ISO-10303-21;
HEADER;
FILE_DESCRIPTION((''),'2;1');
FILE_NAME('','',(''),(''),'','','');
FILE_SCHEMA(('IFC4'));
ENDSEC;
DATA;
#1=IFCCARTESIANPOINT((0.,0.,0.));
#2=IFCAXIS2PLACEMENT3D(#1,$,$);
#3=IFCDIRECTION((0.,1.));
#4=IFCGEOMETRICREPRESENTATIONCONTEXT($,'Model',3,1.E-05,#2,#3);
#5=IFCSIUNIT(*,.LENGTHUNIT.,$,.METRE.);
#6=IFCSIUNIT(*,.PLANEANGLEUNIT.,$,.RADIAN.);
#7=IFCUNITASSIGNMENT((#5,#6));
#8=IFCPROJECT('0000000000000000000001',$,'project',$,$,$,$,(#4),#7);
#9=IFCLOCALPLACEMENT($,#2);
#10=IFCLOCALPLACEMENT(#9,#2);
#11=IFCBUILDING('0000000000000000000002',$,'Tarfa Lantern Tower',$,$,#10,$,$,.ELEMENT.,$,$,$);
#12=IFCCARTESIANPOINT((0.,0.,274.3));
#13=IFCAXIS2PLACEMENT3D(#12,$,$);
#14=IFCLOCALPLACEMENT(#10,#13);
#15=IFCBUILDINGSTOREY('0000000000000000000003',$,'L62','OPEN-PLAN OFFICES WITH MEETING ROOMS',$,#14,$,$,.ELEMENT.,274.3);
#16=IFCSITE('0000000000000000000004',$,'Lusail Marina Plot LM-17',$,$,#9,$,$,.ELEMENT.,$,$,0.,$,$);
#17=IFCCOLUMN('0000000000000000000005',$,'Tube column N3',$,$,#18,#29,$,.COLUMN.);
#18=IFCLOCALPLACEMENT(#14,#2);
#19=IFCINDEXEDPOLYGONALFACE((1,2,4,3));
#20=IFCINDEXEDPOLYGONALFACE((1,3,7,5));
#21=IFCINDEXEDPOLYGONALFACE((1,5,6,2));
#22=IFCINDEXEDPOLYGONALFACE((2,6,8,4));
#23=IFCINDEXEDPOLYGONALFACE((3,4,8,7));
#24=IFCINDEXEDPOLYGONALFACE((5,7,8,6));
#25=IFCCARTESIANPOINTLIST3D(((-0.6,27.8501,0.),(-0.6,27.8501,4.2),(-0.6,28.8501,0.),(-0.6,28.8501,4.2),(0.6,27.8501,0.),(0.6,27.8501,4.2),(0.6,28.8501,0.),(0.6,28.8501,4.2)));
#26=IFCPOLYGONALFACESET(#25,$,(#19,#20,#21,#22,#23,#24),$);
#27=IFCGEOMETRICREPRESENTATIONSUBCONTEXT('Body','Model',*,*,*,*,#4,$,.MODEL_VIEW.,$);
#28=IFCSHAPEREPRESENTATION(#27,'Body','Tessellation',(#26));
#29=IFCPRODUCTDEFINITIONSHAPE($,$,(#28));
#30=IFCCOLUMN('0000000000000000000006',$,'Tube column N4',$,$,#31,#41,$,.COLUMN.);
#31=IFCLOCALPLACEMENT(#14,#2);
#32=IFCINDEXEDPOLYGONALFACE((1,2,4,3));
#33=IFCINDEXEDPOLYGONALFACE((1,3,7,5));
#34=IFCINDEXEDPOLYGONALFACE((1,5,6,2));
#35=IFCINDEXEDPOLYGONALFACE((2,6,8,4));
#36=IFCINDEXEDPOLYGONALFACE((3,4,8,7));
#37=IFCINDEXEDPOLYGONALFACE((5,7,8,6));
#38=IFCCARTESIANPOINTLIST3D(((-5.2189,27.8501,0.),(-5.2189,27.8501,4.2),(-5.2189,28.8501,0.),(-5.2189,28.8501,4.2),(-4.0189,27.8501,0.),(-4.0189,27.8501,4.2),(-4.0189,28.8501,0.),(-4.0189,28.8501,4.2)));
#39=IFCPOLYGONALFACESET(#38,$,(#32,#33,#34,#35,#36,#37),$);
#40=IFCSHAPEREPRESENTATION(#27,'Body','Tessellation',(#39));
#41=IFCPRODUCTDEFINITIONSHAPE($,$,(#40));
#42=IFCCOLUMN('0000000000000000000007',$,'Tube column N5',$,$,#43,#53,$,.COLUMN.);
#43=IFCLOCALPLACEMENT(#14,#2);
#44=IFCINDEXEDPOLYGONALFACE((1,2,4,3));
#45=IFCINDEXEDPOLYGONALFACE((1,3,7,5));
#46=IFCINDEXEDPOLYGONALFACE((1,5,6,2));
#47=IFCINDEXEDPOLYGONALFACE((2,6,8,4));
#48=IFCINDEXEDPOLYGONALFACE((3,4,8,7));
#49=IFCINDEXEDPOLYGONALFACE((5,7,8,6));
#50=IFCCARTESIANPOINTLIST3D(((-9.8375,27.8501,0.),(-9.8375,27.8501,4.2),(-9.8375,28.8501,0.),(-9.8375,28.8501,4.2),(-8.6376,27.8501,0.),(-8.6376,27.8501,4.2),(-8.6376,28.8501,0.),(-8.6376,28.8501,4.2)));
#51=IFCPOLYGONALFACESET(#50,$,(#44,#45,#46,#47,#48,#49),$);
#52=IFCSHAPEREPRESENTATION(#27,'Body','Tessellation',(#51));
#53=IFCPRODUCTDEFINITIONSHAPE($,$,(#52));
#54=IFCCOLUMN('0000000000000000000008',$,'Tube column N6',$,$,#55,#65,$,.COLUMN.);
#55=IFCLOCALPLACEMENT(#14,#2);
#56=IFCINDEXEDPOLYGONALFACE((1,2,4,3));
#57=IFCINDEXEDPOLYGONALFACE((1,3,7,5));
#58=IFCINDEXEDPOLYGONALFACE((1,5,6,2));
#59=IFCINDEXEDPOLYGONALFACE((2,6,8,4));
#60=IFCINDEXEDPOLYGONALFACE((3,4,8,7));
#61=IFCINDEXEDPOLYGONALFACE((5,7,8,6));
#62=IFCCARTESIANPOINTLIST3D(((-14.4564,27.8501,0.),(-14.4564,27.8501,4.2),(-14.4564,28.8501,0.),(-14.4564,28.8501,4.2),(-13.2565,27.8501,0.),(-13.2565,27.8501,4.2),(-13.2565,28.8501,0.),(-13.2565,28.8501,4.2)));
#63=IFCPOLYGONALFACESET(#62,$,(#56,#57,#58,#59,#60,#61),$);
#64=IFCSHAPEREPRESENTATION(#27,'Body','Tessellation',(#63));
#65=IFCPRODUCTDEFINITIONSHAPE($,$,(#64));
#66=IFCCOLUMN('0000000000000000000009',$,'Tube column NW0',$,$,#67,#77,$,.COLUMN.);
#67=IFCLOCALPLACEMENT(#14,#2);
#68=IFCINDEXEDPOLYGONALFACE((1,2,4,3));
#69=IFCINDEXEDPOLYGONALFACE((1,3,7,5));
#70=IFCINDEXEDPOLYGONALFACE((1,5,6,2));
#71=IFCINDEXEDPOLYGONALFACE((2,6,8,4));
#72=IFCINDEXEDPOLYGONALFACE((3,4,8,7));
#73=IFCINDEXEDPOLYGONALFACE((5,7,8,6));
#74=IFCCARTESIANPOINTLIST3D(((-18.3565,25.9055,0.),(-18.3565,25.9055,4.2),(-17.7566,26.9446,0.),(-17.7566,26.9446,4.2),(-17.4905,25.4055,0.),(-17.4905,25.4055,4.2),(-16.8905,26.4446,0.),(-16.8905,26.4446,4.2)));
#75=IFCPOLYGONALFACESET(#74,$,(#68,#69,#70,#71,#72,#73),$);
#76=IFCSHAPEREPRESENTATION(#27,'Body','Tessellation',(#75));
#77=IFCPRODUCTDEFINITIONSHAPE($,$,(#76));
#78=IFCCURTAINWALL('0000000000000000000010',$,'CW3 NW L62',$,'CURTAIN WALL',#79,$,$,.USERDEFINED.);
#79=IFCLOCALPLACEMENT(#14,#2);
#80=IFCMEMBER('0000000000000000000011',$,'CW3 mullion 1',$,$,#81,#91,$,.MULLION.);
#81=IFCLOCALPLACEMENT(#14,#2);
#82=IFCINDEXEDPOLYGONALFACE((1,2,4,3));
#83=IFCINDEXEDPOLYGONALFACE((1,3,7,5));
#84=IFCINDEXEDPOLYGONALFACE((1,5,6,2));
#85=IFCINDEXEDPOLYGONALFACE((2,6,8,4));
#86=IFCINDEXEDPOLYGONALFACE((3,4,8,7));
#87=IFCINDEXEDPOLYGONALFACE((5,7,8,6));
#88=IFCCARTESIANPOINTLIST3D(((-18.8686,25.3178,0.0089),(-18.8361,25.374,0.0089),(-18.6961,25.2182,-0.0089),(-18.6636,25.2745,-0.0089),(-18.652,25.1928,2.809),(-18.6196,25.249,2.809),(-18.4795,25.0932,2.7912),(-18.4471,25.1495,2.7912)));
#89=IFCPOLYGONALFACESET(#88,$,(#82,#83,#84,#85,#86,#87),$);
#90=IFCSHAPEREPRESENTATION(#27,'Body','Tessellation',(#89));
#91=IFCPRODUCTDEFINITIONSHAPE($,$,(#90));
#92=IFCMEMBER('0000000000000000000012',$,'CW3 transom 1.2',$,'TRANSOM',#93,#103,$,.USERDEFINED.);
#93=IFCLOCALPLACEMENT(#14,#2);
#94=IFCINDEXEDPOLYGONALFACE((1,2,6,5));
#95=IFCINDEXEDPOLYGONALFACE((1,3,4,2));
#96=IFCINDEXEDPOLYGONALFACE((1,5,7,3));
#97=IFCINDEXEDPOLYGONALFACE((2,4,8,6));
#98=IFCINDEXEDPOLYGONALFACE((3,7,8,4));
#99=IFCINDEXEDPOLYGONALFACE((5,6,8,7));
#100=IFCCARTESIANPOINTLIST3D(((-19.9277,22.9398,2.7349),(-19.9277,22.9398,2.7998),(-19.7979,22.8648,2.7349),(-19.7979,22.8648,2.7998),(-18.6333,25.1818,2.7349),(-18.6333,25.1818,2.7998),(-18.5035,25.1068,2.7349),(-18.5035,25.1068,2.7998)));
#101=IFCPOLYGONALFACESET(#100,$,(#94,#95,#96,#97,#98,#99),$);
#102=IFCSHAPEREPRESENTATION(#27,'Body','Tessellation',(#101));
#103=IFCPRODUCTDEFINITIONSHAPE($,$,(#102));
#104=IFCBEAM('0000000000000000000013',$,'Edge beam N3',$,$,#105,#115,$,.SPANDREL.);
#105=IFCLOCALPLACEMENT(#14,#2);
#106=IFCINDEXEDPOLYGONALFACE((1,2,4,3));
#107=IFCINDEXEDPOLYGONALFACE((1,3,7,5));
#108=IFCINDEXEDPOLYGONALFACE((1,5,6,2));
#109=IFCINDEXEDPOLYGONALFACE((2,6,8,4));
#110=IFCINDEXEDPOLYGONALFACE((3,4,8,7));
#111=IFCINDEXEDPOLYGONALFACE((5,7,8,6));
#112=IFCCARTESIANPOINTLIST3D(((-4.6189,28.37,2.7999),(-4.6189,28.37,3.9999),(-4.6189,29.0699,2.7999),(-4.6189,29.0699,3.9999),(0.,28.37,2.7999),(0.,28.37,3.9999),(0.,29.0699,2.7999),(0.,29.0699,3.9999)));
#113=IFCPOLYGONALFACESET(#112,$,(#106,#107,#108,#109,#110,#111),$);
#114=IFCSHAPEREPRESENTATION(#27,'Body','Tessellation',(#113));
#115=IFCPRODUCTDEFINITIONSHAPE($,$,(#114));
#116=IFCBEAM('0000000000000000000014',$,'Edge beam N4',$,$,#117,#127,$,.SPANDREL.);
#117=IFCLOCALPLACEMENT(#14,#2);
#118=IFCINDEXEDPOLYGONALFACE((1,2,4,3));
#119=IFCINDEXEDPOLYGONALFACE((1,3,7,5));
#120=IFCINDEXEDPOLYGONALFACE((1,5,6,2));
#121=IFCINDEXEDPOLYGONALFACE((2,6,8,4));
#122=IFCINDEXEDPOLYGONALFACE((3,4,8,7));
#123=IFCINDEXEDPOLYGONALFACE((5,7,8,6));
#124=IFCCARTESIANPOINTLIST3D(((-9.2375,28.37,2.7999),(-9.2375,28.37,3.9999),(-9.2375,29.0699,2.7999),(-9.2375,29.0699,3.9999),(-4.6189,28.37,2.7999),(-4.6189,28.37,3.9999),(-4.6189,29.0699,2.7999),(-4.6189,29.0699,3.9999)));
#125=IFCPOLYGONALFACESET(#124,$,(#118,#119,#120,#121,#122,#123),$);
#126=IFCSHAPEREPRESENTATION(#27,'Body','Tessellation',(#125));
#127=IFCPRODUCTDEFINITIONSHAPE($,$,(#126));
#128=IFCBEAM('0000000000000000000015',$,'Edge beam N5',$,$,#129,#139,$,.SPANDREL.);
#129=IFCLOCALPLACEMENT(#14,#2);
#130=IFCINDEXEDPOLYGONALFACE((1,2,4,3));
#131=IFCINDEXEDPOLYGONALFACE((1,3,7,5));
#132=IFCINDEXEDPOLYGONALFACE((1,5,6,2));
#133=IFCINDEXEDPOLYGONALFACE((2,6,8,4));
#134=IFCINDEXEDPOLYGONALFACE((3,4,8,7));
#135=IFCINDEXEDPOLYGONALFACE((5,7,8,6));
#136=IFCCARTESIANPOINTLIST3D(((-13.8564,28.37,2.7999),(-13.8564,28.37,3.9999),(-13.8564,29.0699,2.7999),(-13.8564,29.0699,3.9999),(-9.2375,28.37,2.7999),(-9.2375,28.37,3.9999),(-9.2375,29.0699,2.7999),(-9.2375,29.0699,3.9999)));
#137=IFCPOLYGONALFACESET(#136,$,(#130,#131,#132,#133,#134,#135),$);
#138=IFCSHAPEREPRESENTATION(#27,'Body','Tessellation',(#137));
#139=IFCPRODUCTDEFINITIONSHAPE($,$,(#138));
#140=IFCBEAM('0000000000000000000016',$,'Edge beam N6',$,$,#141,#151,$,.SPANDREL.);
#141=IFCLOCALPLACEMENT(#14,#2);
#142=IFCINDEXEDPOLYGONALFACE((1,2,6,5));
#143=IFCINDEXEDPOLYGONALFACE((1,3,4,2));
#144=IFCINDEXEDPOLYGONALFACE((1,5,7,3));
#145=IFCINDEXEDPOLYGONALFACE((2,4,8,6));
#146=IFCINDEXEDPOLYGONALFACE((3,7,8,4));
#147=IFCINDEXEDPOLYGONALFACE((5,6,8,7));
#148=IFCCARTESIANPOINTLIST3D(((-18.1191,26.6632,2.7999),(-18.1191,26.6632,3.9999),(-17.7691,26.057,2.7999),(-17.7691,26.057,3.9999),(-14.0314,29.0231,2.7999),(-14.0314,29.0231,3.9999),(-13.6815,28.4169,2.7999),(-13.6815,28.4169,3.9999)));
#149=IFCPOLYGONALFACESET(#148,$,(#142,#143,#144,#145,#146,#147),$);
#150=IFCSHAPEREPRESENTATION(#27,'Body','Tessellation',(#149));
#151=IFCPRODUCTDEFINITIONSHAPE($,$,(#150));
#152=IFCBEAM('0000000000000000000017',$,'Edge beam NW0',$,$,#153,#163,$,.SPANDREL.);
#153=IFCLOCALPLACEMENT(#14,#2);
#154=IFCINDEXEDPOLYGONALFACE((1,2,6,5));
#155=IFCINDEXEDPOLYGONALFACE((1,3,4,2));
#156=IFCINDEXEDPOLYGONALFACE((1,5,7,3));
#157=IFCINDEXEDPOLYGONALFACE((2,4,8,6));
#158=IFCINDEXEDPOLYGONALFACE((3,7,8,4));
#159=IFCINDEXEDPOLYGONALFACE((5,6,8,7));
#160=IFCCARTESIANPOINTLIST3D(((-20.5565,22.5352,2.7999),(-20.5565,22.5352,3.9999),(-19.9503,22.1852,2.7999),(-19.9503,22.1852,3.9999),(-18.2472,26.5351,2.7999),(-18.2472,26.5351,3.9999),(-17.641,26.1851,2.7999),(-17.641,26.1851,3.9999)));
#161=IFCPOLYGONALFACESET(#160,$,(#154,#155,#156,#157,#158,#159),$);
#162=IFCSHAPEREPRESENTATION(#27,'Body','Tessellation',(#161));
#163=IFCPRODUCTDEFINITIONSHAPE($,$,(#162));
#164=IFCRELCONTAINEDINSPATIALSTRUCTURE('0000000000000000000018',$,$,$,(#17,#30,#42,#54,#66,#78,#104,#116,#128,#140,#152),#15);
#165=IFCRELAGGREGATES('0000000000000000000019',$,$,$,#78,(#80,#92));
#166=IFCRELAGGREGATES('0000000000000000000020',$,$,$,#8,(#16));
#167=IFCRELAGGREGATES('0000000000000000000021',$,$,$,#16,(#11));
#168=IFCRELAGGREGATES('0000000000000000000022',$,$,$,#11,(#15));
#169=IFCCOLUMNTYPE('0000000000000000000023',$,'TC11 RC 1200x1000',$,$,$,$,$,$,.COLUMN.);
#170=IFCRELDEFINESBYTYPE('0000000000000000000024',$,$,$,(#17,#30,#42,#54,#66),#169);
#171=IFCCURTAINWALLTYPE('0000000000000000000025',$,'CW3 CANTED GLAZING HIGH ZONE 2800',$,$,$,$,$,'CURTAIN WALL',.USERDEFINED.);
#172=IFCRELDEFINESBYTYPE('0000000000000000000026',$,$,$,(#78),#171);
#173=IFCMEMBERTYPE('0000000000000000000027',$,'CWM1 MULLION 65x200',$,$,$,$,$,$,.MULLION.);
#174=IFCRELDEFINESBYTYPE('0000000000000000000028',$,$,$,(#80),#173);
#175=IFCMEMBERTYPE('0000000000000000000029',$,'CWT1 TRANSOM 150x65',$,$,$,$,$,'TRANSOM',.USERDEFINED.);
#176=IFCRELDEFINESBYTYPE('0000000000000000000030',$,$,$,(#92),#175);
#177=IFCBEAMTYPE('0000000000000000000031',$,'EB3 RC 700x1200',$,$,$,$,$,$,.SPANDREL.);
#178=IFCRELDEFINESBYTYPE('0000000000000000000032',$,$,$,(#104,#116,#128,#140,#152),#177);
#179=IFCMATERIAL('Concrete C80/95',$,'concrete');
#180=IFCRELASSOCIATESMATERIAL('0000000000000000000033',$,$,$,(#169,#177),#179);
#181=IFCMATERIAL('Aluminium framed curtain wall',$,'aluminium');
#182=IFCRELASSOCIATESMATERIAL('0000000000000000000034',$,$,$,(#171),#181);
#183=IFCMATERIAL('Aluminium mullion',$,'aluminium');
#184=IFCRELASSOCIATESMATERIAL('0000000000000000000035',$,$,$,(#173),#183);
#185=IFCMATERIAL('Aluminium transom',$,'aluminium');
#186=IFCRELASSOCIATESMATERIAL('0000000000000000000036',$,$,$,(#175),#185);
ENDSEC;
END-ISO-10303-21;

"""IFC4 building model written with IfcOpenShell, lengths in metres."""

from ifc_helpers import new_model, si_unit, direction, frame, origin, origin_2d, place, context, subcontext, project, spatial, rectangle, extrude, material, material_profile, profile_set, type_object, element, aggregate, save


model = new_model("IFC4")

# Units and contexts
model_context = context("Model", 3, precision=1e-05, world=origin(), true_north=direction((0.0, 1.0)))
body_context = subcontext(model_context, "Body", "Model", "MODEL_VIEW")
ifc_project = project(units=[si_unit("LENGTHUNIT", "METRE"), si_unit("PLANEANGLEUNIT", "RADIAN")], contexts=[model_context])

# Site, building, storey
site_placement = place(None, origin())
site = spatial("IfcSite", under=ifc_project, at=site_placement, Name="Lusail Marina Plot LM-17", CompositionType="ELEMENT", RefElevation=0.0)
building_placement = place(site_placement, origin())
building = spatial("IfcBuilding", under=site, at=building_placement, Name="Tarfa Lantern Tower", CompositionType="ELEMENT")
storey_placement = place(building_placement, frame((0.0, 0.0, 274.3)))
storey = spatial("IfcBuildingStorey", under=building, at=storey_placement, Name="L62", Description="OPEN-PLAN OFFICES WITH MEETING ROOMS", CompositionType="ELEMENT", Elevation=274.3)

# Columns
ifc_material_1 = material(Name="Concrete C80/95", Category="concrete")
ifc_material_profile_1 = material_profile(ifc_material_1, rectangle(XDim=1.2, YDim=1.0, at=origin_2d()), Name="RC 1200x1000")
ifc_profile_set_1 = profile_set([ifc_material_profile_1], Name="Concrete C80/95")
column_type = type_object("IfcColumnType", Name="TC11 RC 1200x1000", PredefinedType="COLUMN", material=ifc_profile_set_1)
for number, where, z_axis, x_axis, name in (
    (1, (0.0, 28.3501, 0.0), (0.0, 0.0, 1.0), (-1.0, 0.0, 0.0), "Tube column N3"),
    (2, (-4.6189, 28.3501, 0.0), (0.0, 0.0, 1.0), (-1.0, 0.0, 0.0), "Tube column N4"),
    (3, (-9.2375, 28.3501, 0.0), (0.0, 0.0, 1.0), (-1.0, 0.0, 0.0), "Tube column N5"),
    (4, (-13.8564, 28.3501, 0.0), (0.0, 0.0, 1.0), (-1.0, 0.0, 0.0), "Tube column N6"),
    (5, (-17.6235, 26.175, 0.0), (0.0, 0.0, 1.0), (-0.5, -0.866025, 0.0), "Tube column NW0"),
):
    element("IfcColumn", number, at=place(storey_placement, frame(where, z_axis=z_axis, x_axis=x_axis)), inside=storey, type_object=column_type, Name=name, PredefinedType="COLUMN", context=body_context, shape_type="SweptSolid", body=[
        extrude(rectangle(XDim=1.2, YDim=1.0, at=origin_2d()), origin(), (0.0, 0.0, 1.0), 4.2),
    ])

# Curtain wall, members
ifc_material_2 = material(Name="Aluminium framed curtain wall", Category="aluminium")
curtain_wall_type = type_object("IfcCurtainWallType", Name="CW3 CANTED GLAZING HIGH ZONE 2800", ElementType="CURTAIN WALL", PredefinedType="USERDEFINED", material=ifc_material_2)
curtain_wall_placement = place(storey_placement, origin())
curtain_wall = element("IfcCurtainWall", 6, at=curtain_wall_placement, inside=storey, type_object=curtain_wall_type, Name="CW3 NW L62", ObjectType="CURTAIN WALL", PredefinedType="USERDEFINED")
ifc_material_3 = material(Name="Aluminium mullion", Category="aluminium")
ifc_material_profile_2 = material_profile(ifc_material_3, rectangle(XDim=0.0649, YDim=0.2, at=origin_2d()), Name="AL MULLION 65x200")
ifc_profile_set_2 = profile_set([ifc_material_profile_2], Name="Aluminium mullion")
member_type_1 = type_object("IfcMemberType", Name="CWM1 MULLION 65x200", PredefinedType="MULLION", material=ifc_profile_set_2)
member_1_placement = place(storey_placement, frame((-18.7661, 25.2961, 0.0), z_axis=(0.077032, -0.044465, 0.996037), x_axis=(0.49992, 0.866072, 0.0)))
member_1 = element("IfcMember", 7, at=member_1_placement, type_object=member_type_1, Name="CW3 mullion 1", PredefinedType="MULLION", context=body_context, shape_type="SweptSolid", body=[
    extrude(rectangle(XDim=0.0649, YDim=0.2, at=origin_2d()), origin(), (0.0, 0.0, 1.0), 2.8113),
])
ifc_material_4 = material(Name="Aluminium transom", Category="aluminium")
ifc_material_profile_3 = material_profile(ifc_material_4, rectangle(XDim=0.1499, YDim=0.0649, at=origin_2d()), Name="AL TRANSOM 150x65")
ifc_profile_set_3 = profile_set([ifc_material_profile_3], Name="Aluminium transom")
member_type_2 = type_object("IfcMemberType", Name="CWT1 TRANSOM 150x65", ElementType="TRANSOM", PredefinedType="USERDEFINED", material=ifc_profile_set_3)
member_2_placement = place(storey_placement, frame((-18.5684, 25.1443, 2.7673), z_axis=(-0.500014, -0.866018, 0.0), x_axis=(0.866018, -0.500014, 0.0)))
member_2 = element("IfcMember", 8, at=member_2_placement, type_object=member_type_2, Name="CW3 transom 1.2", ObjectType="TRANSOM", PredefinedType="USERDEFINED", context=body_context, shape_type="SweptSolid", body=[
    extrude(rectangle(XDim=0.1499, YDim=0.0649, at=origin_2d()), origin(), (0.0, 0.0, 1.0), 2.5889),
])

# Beams
ifc_material_profile_4 = material_profile(ifc_material_1, rectangle(XDim=0.7, YDim=1.2, at=origin_2d()), Name="RC 700x1200")
ifc_profile_set_4 = profile_set([ifc_material_profile_4], Name="Concrete C80/95")
beam_type_1 = type_object("IfcBeamType", Name="EB3 RC 700x1200", PredefinedType="SPANDREL", material=ifc_profile_set_4)
beam_1_placement = place(storey_placement, frame((0.0, 28.72, 3.3999), z_axis=(-1.0, 0.0, 0.0), x_axis=(0.0, -1.0, 0.0)))
element("IfcBeam", 9, at=beam_1_placement, inside=storey, type_object=beam_type_1, Name="Edge beam N3", PredefinedType="SPANDREL", context=body_context, shape_type="SweptSolid", body=[
    extrude(rectangle(XDim=0.7, YDim=1.2, at=origin_2d()), origin(), (0.0, 0.0, 1.0), 4.6189),
])
beam_2_placement = place(storey_placement, frame((-4.6189, 28.72, 3.3999), z_axis=(-1.0, 0.0, 0.0), x_axis=(0.0, -1.0, 0.0)))
element("IfcBeam", 10, at=beam_2_placement, inside=storey, type_object=beam_type_1, Name="Edge beam N4", PredefinedType="SPANDREL", context=body_context, shape_type="SweptSolid", body=[
    extrude(rectangle(XDim=0.7, YDim=1.2, at=origin_2d()), origin(), (0.0, 0.0, 1.0), 4.6187),
])
beam_3_placement = place(storey_placement, frame((-9.2375, 28.72, 3.3999), z_axis=(-1.0, 0.0, 0.0), x_axis=(0.0, -1.0, 0.0)))
element("IfcBeam", 11, at=beam_3_placement, inside=storey, type_object=beam_type_1, Name="Edge beam N5", PredefinedType="SPANDREL", context=body_context, shape_type="SweptSolid", body=[
    extrude(rectangle(XDim=0.7, YDim=1.2, at=origin_2d()), origin(), (0.0, 0.0, 1.0), 4.6189),
])
beam_4_placement = place(storey_placement, frame((-13.8564, 28.72, 3.3999), z_axis=(-0.866038, -0.499978, 0.0), x_axis=(0.499978, -0.866038, 0.0)))
element("IfcBeam", 12, at=beam_4_placement, inside=storey, type_object=beam_type_1, Name="Edge beam N6", PredefinedType="SPANDREL", context=body_context, shape_type="SweptSolid", body=[
    extrude(rectangle(XDim=0.7, YDim=1.2, at=origin_2d()), origin(), (0.0, 0.0, 1.0), 4.72),
])
beam_5_placement = place(storey_placement, frame((-17.9441, 26.3601, 3.3999), z_axis=(-0.499988, -0.866032, 0.0), x_axis=(0.866032, -0.499988, 0.0)))
element("IfcBeam", 13, at=beam_5_placement, inside=storey, type_object=beam_type_1, Name="Edge beam NW0", PredefinedType="SPANDREL", context=body_context, shape_type="SweptSolid", body=[
    extrude(rectangle(XDim=0.7, YDim=1.2, at=origin_2d()), origin(), (0.0, 0.0, 1.0), 4.6187),
])

aggregate(curtain_wall, [member_1, member_2])

save(model, "model.ifc")
